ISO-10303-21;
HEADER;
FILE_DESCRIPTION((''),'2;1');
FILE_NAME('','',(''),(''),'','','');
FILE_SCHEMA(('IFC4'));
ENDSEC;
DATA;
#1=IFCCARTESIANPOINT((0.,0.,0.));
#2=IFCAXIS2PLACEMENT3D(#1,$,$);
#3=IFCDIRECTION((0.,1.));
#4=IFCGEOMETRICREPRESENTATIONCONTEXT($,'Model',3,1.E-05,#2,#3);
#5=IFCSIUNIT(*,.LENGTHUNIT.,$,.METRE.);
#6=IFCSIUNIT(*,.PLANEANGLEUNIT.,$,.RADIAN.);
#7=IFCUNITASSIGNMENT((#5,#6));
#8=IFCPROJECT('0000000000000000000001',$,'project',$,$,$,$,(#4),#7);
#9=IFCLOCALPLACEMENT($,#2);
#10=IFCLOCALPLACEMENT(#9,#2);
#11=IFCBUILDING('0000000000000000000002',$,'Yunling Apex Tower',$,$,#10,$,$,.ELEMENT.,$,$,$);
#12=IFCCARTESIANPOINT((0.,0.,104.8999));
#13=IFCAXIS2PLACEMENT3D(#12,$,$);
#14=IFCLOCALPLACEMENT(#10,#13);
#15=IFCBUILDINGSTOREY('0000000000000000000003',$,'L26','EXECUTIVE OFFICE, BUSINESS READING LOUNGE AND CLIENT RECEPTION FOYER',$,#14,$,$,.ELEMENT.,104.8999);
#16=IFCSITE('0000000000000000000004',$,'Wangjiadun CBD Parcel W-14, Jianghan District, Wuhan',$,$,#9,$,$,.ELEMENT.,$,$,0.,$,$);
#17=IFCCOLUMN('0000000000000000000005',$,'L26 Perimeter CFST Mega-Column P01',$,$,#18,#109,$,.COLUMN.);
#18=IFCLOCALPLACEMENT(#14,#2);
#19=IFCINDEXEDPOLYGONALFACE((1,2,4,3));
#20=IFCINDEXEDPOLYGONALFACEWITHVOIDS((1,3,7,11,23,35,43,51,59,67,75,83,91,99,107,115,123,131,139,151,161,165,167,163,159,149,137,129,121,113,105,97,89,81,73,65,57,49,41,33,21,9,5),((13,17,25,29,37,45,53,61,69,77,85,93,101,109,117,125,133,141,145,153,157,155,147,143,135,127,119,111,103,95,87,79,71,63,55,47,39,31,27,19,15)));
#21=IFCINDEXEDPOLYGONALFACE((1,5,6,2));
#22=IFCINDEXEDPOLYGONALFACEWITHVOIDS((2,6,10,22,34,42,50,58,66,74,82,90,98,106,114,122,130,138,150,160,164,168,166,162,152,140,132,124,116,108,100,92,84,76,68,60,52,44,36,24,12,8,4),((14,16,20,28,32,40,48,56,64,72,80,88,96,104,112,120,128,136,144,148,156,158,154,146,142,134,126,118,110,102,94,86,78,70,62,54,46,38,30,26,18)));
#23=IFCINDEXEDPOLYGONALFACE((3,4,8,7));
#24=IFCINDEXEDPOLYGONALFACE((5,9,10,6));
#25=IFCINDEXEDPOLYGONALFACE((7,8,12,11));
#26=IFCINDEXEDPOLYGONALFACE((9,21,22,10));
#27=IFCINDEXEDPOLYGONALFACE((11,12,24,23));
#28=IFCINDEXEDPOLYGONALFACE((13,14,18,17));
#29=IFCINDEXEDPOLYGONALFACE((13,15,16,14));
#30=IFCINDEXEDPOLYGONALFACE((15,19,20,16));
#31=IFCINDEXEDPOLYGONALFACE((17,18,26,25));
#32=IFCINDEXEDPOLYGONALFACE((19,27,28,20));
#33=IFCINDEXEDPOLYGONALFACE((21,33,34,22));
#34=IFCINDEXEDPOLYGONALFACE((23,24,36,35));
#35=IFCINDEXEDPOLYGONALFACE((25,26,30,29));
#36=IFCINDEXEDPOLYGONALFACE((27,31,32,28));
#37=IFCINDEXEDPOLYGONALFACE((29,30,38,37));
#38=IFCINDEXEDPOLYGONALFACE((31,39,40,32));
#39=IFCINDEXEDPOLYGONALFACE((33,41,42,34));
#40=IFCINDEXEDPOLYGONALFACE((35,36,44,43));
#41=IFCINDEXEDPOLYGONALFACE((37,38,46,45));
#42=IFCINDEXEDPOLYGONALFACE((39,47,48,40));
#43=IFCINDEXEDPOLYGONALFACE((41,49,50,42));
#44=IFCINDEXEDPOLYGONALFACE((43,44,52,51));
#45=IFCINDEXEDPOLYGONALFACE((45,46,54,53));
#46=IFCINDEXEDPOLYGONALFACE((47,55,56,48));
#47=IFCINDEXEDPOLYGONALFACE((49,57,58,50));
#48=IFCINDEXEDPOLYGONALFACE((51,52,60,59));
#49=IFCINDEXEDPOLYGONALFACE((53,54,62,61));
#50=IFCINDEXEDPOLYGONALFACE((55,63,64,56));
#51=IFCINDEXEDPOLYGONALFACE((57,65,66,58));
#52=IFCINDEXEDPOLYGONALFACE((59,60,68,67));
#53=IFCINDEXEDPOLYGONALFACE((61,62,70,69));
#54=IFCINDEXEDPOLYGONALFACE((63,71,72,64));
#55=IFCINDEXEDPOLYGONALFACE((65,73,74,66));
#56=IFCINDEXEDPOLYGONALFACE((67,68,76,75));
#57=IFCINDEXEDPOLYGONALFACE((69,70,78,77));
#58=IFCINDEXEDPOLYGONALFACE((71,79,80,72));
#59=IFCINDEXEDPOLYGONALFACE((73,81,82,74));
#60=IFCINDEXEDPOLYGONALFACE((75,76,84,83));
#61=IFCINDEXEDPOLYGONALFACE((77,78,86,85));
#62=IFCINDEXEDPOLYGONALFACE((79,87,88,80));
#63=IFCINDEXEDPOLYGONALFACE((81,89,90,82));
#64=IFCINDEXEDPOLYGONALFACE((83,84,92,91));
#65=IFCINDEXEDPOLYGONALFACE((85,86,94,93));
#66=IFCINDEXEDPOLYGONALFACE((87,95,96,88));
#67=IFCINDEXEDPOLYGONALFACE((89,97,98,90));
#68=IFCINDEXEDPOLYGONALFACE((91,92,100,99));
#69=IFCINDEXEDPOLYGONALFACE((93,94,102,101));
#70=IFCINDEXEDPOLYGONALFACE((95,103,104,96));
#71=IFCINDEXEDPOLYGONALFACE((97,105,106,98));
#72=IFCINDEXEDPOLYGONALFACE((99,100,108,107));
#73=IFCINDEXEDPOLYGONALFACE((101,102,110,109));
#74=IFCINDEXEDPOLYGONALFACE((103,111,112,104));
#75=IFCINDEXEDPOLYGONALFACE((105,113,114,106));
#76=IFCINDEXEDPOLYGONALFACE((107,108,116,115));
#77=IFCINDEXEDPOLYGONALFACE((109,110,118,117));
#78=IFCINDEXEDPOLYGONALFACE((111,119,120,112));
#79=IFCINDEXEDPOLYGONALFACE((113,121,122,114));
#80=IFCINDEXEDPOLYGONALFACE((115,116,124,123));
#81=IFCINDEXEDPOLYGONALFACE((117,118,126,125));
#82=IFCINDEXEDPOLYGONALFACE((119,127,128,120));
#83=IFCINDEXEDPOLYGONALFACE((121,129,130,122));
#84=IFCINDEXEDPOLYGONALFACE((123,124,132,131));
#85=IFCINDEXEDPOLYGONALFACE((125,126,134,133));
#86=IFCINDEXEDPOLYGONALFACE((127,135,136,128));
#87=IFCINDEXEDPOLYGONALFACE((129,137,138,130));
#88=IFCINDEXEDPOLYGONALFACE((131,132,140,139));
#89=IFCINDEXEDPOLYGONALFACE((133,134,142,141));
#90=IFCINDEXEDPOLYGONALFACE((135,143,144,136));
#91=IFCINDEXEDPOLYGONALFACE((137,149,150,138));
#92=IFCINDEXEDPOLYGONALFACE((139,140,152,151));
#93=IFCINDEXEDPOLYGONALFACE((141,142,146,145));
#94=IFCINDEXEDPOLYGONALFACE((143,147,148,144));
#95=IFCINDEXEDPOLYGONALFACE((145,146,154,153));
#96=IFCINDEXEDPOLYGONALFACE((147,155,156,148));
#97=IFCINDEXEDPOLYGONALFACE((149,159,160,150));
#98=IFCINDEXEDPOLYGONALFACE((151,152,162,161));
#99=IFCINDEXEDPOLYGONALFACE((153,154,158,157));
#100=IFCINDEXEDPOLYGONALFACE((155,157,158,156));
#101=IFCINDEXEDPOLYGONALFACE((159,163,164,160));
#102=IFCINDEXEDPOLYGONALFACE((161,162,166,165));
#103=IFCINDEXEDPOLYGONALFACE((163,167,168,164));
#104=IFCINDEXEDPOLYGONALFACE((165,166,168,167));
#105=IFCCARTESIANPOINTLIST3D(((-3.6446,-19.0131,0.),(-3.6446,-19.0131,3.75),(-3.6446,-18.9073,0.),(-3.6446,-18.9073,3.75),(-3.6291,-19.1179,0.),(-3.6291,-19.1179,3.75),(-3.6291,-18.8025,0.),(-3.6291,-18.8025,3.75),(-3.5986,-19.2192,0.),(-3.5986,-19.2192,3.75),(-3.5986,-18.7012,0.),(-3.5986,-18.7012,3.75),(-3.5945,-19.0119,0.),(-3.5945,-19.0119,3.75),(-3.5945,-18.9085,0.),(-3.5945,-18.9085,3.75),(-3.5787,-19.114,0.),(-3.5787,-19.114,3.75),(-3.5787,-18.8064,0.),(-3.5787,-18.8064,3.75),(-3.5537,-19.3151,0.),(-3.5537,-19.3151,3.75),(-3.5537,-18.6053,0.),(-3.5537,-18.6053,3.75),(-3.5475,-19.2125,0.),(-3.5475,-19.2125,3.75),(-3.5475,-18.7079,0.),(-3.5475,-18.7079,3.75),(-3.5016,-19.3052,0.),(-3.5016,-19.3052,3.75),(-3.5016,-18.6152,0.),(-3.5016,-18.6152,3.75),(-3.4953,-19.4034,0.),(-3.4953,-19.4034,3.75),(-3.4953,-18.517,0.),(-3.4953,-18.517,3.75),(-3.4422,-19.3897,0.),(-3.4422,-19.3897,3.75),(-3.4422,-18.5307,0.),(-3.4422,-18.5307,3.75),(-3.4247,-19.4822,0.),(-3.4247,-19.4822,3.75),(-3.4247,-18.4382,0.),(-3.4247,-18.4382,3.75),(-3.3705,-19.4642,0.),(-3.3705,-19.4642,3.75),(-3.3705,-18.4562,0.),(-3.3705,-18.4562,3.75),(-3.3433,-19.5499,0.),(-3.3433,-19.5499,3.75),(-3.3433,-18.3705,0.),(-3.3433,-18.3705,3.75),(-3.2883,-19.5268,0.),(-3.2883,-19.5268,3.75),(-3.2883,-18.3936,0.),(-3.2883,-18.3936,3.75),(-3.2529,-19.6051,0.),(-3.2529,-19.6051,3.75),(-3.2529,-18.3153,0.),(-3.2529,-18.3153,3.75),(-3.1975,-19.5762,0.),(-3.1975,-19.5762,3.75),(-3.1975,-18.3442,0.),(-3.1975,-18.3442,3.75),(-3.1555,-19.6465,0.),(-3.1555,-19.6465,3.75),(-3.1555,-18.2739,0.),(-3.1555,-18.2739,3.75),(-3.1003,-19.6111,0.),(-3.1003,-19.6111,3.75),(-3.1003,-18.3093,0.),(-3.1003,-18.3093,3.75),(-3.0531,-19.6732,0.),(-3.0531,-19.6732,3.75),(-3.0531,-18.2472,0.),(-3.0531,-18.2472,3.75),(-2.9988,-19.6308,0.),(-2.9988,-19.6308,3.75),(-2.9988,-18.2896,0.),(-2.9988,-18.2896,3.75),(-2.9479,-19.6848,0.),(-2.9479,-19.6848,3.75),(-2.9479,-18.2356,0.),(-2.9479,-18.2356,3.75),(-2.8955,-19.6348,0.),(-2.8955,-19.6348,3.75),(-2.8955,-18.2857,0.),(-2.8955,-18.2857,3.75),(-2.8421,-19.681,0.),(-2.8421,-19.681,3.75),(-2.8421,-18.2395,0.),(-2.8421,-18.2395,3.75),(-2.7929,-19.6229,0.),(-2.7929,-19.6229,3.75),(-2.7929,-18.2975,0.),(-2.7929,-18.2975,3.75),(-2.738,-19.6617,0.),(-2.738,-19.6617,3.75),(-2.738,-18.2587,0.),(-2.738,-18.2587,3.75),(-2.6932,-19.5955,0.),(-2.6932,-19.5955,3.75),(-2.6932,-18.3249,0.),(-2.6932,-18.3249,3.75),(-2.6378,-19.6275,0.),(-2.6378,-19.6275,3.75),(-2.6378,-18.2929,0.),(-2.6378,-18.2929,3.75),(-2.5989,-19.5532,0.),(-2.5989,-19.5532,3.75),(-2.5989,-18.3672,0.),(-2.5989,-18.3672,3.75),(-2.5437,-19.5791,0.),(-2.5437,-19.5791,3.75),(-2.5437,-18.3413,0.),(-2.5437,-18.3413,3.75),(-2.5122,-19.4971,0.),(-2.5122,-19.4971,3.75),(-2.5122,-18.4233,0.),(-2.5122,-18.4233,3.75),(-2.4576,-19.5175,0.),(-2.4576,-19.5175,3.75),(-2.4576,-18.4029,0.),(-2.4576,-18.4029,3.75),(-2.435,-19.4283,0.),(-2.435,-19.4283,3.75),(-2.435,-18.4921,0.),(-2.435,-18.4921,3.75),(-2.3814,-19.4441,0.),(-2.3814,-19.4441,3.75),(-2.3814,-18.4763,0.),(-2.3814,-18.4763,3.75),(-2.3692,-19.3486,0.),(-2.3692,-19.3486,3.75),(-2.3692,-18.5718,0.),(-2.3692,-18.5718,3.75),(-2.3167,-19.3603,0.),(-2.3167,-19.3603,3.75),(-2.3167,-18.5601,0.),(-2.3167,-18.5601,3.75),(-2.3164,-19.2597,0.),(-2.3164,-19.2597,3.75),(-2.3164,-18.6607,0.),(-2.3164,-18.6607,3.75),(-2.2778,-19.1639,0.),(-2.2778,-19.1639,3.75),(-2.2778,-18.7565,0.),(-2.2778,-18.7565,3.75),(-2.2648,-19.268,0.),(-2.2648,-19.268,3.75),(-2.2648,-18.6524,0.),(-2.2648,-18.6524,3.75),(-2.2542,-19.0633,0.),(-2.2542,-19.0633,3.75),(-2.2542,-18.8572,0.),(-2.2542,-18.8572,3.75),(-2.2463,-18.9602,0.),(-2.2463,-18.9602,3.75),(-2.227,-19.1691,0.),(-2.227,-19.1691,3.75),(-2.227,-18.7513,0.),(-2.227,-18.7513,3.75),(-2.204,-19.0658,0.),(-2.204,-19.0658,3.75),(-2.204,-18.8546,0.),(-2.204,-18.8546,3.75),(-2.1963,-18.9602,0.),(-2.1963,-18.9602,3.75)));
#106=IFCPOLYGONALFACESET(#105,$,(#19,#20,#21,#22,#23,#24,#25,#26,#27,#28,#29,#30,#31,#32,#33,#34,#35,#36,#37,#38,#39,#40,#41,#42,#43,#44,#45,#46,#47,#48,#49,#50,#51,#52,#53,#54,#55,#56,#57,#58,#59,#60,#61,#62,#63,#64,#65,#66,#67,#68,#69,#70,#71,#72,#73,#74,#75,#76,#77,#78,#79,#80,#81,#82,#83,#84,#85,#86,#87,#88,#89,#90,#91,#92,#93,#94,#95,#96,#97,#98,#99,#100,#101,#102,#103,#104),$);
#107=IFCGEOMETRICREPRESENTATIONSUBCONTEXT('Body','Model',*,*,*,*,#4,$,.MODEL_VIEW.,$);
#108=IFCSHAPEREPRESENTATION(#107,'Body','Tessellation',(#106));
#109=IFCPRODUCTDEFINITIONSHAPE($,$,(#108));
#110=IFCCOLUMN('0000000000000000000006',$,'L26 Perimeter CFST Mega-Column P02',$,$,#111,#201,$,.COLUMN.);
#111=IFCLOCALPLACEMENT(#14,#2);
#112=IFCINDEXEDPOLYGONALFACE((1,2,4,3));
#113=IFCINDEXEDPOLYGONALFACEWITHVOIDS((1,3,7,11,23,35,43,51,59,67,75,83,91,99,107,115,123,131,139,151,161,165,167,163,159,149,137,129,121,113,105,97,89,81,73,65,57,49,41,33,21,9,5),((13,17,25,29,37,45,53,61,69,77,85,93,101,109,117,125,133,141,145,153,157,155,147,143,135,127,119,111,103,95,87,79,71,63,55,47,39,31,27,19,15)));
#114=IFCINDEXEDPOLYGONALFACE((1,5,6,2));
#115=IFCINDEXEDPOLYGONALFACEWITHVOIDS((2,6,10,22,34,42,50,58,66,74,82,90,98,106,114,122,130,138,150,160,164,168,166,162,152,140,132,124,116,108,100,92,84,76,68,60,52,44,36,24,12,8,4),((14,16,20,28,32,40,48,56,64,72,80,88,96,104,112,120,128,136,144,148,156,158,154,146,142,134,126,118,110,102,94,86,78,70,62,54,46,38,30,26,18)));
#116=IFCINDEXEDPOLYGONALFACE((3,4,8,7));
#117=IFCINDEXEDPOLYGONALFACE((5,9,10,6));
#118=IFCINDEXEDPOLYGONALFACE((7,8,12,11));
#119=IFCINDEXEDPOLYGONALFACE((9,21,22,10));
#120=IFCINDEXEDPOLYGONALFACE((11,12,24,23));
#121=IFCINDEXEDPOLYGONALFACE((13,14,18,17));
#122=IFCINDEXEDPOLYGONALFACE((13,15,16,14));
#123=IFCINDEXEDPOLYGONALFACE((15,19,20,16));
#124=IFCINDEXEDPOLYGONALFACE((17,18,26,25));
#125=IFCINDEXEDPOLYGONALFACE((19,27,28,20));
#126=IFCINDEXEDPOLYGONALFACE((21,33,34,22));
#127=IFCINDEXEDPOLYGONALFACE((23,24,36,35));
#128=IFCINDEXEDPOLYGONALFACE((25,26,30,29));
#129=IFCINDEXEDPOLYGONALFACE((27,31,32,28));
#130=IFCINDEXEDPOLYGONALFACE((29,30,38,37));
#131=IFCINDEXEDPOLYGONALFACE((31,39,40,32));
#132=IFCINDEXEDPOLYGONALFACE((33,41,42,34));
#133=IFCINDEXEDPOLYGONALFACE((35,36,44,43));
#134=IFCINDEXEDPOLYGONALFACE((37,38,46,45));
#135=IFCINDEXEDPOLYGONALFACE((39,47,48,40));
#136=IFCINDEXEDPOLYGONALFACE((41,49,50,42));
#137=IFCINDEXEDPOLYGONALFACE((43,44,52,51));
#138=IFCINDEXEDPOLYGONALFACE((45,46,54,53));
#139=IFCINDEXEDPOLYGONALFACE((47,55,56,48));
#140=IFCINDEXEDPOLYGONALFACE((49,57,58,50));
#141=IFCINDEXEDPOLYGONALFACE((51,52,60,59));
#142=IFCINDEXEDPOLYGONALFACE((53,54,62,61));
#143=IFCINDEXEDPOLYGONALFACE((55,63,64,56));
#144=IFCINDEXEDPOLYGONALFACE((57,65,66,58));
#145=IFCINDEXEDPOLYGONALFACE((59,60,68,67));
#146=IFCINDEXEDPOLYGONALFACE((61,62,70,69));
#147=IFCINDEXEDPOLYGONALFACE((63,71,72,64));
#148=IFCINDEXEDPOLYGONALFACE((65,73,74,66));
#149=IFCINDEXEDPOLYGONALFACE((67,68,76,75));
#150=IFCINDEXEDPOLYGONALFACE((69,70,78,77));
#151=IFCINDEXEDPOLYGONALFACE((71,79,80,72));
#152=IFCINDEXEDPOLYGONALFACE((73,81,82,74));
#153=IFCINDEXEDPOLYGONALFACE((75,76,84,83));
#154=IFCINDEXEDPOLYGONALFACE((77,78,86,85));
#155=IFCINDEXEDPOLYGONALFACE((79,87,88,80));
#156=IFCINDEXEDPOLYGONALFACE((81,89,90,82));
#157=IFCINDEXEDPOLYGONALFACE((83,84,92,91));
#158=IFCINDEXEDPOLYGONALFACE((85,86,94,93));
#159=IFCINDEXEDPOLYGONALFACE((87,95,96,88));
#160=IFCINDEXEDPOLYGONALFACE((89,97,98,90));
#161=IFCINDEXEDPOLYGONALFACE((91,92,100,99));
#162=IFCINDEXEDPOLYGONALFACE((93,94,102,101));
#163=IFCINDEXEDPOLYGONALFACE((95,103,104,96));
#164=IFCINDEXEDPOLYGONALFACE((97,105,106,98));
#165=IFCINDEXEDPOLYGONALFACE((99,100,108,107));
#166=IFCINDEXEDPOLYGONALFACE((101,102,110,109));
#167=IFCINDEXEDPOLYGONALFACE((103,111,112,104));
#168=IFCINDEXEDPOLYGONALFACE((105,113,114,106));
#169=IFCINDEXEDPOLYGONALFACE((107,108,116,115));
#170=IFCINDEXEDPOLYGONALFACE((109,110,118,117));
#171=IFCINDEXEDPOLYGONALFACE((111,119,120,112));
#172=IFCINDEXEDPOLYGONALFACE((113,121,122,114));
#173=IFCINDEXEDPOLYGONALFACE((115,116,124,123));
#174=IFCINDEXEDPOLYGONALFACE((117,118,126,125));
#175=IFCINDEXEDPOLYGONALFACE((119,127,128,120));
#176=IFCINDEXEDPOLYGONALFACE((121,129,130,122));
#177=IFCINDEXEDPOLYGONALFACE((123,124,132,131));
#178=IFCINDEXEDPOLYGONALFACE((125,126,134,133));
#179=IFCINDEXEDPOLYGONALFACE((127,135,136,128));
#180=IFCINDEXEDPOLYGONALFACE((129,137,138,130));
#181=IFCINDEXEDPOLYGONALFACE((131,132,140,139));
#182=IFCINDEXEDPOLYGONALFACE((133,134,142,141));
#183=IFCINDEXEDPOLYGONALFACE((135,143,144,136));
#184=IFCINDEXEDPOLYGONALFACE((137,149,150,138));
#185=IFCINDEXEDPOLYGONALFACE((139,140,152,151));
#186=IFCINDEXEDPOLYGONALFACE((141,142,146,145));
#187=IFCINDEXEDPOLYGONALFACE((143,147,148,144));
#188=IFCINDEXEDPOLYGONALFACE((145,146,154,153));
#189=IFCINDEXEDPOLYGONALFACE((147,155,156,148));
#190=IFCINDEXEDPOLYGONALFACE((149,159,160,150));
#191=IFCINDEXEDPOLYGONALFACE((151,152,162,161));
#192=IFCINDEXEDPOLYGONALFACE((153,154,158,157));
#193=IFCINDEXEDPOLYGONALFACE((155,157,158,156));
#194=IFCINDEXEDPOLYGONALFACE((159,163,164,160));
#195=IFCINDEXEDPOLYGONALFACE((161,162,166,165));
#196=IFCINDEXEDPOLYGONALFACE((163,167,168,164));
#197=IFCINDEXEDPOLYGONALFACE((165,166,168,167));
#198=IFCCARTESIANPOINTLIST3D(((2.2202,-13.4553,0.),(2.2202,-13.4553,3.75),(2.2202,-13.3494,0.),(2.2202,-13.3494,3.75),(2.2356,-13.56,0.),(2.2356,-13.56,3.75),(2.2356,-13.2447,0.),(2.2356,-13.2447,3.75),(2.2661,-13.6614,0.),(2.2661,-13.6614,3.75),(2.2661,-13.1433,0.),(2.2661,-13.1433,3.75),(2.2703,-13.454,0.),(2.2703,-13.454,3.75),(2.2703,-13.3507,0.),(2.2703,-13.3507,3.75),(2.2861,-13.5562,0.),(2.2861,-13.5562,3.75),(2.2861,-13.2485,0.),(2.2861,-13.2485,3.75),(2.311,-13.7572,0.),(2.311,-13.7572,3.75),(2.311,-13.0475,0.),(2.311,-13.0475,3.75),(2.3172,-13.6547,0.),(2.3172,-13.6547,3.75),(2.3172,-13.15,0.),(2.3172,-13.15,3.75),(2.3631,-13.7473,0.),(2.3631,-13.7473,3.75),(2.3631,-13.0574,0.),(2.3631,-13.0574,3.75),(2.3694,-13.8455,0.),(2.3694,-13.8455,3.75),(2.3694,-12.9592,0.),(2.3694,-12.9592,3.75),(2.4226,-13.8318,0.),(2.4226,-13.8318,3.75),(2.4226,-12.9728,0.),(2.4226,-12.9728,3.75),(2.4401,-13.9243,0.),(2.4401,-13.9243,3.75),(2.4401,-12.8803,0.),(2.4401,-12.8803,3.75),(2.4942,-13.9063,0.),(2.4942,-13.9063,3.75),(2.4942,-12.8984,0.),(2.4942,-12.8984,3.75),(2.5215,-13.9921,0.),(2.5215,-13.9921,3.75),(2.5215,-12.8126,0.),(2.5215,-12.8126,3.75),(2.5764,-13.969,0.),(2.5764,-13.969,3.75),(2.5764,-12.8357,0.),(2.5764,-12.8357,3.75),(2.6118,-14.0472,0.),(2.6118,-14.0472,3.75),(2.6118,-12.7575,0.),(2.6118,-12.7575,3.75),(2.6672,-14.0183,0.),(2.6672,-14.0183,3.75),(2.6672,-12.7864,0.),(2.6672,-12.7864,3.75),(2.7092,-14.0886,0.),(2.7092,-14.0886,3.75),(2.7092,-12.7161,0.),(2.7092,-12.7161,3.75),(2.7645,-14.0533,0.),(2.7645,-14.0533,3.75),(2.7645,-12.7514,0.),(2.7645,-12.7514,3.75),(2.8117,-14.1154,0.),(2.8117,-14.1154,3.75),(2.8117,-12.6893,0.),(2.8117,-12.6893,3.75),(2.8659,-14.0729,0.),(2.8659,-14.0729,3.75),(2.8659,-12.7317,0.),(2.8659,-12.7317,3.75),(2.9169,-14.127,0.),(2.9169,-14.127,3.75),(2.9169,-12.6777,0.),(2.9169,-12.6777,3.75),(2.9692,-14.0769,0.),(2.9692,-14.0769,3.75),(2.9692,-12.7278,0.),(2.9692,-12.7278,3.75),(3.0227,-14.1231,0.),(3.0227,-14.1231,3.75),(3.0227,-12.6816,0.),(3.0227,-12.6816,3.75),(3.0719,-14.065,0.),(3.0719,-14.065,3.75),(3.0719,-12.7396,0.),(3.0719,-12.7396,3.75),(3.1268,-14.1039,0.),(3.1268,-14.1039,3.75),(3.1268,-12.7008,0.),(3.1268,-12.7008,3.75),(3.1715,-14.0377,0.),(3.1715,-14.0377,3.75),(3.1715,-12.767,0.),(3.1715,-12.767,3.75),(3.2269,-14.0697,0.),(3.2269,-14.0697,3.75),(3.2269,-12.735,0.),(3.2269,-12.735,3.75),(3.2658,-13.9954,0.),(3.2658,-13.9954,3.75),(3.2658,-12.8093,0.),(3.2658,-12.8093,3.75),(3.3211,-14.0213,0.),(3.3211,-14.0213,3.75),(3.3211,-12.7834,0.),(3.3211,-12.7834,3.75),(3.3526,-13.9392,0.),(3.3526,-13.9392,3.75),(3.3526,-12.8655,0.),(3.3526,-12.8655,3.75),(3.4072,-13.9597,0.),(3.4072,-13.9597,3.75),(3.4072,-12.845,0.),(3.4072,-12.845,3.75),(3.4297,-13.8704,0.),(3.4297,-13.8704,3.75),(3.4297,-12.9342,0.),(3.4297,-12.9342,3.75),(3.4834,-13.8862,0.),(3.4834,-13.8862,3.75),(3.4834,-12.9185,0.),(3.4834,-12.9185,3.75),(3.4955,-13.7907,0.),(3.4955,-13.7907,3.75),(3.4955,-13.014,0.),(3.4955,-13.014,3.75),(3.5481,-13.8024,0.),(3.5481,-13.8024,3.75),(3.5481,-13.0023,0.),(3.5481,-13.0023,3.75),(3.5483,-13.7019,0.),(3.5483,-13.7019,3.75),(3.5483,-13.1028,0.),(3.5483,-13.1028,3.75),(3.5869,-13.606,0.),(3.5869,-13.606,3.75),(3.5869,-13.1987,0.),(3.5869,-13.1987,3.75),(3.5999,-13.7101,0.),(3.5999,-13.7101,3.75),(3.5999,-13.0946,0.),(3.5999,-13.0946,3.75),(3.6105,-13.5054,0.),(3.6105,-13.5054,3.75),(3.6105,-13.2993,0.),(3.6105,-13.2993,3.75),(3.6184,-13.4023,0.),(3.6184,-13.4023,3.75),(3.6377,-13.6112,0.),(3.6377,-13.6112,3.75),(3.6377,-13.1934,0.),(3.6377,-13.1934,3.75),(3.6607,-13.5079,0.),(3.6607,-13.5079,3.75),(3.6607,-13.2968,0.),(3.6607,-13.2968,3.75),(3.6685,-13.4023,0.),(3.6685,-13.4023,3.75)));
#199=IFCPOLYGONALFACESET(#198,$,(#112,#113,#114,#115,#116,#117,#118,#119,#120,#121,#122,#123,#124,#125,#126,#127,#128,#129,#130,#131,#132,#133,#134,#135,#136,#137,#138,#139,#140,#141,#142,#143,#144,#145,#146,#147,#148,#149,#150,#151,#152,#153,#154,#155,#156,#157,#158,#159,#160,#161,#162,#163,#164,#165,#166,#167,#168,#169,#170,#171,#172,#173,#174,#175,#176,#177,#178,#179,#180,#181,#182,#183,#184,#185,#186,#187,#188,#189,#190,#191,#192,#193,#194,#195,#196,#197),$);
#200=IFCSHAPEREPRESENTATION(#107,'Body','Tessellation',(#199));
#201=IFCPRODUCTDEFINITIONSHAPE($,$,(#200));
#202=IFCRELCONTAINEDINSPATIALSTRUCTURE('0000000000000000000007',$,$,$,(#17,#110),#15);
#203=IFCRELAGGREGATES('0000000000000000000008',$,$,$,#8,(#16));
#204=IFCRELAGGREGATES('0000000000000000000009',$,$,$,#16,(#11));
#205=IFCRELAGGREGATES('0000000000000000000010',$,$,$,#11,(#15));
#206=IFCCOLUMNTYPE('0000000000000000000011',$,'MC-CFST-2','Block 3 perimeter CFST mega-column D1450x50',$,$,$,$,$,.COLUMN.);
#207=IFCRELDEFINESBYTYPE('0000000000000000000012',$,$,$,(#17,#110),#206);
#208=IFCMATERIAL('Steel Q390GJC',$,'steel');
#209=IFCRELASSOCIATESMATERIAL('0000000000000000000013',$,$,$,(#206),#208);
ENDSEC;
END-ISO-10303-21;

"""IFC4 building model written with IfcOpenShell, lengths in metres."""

from ifc_helpers import new_model, si_unit, direction, frame, origin, origin_2d, place, context, subcontext, project, spatial, hollow_circle, extrude, source, transform, mapped, material, material_profile, profile_set, type_object, element, save


model = new_model("IFC4")

# Units and contexts
model_context = context("Model", 3, precision=1e-05, world=origin(), true_north=direction((0.0, 1.0)))
body_context = subcontext(model_context, "Body", "Model", "MODEL_VIEW")
ifc_project = project(units=[si_unit("LENGTHUNIT", "METRE"), si_unit("PLANEANGLEUNIT", "RADIAN")], contexts=[model_context])

# Site, building, storey
site_placement = place(None, origin())
site = spatial("IfcSite", under=ifc_project, at=site_placement, Name="Wangjiadun CBD Parcel W-14, Jianghan District, Wuhan", CompositionType="ELEMENT", RefElevation=0.0)
building_placement = place(site_placement, origin())
building = spatial("IfcBuilding", under=site, at=building_placement, Name="Yunling Apex Tower", CompositionType="ELEMENT")
storey_placement = place(building_placement, frame((0.0, 0.0, 104.8999)))
storey = spatial("IfcBuildingStorey", under=building, at=storey_placement, Name="L26", Description="EXECUTIVE OFFICE, BUSINESS READING LOUNGE AND CLIENT RECEPTION FOYER", CompositionType="ELEMENT", Elevation=104.8999)

# Columns
ifc_material_1 = material(Name="Steel Q390GJC", Category="steel")
ifc_material_profile_1 = material_profile(ifc_material_1, hollow_circle(Radius=0.7251, WallThickness=0.05, at=origin_2d()))
ifc_profile_set_1 = profile_set([ifc_material_profile_1], Name="Steel Q390GJC")
column_type = type_object("IfcColumnType", Name="MC-CFST-2", Description="Block 3 perimeter CFST mega-column D1450x50", PredefinedType="COLUMN", material=ifc_profile_set_1)
shared_shape_1 = source(origin(), body_context, "Body", "SweptSolid", [
    extrude(hollow_circle(Radius=0.7251, WallThickness=0.05, at=origin_2d()), origin(), (0.0, 0.0, 1.0), 3.75),
])
for number, where, z_axis, x_axis, name in (
    (1, (-2.9214, -18.9602, 0.0), (0.0, 0.0, 1.0), (1.0, 0.0, 0.0), "L26 Perimeter CFST Mega-Column P01"),
    (2, (2.9434, -13.4023, 0.0), (0.0, 0.0, 1.0), (1.0, 0.0, 0.0), "L26 Perimeter CFST Mega-Column P02"),
):
    element("IfcColumn", number, at=place(storey_placement, frame(where, z_axis=z_axis, x_axis=x_axis)), inside=storey, type_object=column_type, Name=name, PredefinedType="COLUMN", context=body_context, shape_type="MappedRepresentation", body=[
        mapped(shared_shape_1, transform((0.0, 0.0, 0.0), scale=1.0)),
    ])

save(model, "model.ifc")
